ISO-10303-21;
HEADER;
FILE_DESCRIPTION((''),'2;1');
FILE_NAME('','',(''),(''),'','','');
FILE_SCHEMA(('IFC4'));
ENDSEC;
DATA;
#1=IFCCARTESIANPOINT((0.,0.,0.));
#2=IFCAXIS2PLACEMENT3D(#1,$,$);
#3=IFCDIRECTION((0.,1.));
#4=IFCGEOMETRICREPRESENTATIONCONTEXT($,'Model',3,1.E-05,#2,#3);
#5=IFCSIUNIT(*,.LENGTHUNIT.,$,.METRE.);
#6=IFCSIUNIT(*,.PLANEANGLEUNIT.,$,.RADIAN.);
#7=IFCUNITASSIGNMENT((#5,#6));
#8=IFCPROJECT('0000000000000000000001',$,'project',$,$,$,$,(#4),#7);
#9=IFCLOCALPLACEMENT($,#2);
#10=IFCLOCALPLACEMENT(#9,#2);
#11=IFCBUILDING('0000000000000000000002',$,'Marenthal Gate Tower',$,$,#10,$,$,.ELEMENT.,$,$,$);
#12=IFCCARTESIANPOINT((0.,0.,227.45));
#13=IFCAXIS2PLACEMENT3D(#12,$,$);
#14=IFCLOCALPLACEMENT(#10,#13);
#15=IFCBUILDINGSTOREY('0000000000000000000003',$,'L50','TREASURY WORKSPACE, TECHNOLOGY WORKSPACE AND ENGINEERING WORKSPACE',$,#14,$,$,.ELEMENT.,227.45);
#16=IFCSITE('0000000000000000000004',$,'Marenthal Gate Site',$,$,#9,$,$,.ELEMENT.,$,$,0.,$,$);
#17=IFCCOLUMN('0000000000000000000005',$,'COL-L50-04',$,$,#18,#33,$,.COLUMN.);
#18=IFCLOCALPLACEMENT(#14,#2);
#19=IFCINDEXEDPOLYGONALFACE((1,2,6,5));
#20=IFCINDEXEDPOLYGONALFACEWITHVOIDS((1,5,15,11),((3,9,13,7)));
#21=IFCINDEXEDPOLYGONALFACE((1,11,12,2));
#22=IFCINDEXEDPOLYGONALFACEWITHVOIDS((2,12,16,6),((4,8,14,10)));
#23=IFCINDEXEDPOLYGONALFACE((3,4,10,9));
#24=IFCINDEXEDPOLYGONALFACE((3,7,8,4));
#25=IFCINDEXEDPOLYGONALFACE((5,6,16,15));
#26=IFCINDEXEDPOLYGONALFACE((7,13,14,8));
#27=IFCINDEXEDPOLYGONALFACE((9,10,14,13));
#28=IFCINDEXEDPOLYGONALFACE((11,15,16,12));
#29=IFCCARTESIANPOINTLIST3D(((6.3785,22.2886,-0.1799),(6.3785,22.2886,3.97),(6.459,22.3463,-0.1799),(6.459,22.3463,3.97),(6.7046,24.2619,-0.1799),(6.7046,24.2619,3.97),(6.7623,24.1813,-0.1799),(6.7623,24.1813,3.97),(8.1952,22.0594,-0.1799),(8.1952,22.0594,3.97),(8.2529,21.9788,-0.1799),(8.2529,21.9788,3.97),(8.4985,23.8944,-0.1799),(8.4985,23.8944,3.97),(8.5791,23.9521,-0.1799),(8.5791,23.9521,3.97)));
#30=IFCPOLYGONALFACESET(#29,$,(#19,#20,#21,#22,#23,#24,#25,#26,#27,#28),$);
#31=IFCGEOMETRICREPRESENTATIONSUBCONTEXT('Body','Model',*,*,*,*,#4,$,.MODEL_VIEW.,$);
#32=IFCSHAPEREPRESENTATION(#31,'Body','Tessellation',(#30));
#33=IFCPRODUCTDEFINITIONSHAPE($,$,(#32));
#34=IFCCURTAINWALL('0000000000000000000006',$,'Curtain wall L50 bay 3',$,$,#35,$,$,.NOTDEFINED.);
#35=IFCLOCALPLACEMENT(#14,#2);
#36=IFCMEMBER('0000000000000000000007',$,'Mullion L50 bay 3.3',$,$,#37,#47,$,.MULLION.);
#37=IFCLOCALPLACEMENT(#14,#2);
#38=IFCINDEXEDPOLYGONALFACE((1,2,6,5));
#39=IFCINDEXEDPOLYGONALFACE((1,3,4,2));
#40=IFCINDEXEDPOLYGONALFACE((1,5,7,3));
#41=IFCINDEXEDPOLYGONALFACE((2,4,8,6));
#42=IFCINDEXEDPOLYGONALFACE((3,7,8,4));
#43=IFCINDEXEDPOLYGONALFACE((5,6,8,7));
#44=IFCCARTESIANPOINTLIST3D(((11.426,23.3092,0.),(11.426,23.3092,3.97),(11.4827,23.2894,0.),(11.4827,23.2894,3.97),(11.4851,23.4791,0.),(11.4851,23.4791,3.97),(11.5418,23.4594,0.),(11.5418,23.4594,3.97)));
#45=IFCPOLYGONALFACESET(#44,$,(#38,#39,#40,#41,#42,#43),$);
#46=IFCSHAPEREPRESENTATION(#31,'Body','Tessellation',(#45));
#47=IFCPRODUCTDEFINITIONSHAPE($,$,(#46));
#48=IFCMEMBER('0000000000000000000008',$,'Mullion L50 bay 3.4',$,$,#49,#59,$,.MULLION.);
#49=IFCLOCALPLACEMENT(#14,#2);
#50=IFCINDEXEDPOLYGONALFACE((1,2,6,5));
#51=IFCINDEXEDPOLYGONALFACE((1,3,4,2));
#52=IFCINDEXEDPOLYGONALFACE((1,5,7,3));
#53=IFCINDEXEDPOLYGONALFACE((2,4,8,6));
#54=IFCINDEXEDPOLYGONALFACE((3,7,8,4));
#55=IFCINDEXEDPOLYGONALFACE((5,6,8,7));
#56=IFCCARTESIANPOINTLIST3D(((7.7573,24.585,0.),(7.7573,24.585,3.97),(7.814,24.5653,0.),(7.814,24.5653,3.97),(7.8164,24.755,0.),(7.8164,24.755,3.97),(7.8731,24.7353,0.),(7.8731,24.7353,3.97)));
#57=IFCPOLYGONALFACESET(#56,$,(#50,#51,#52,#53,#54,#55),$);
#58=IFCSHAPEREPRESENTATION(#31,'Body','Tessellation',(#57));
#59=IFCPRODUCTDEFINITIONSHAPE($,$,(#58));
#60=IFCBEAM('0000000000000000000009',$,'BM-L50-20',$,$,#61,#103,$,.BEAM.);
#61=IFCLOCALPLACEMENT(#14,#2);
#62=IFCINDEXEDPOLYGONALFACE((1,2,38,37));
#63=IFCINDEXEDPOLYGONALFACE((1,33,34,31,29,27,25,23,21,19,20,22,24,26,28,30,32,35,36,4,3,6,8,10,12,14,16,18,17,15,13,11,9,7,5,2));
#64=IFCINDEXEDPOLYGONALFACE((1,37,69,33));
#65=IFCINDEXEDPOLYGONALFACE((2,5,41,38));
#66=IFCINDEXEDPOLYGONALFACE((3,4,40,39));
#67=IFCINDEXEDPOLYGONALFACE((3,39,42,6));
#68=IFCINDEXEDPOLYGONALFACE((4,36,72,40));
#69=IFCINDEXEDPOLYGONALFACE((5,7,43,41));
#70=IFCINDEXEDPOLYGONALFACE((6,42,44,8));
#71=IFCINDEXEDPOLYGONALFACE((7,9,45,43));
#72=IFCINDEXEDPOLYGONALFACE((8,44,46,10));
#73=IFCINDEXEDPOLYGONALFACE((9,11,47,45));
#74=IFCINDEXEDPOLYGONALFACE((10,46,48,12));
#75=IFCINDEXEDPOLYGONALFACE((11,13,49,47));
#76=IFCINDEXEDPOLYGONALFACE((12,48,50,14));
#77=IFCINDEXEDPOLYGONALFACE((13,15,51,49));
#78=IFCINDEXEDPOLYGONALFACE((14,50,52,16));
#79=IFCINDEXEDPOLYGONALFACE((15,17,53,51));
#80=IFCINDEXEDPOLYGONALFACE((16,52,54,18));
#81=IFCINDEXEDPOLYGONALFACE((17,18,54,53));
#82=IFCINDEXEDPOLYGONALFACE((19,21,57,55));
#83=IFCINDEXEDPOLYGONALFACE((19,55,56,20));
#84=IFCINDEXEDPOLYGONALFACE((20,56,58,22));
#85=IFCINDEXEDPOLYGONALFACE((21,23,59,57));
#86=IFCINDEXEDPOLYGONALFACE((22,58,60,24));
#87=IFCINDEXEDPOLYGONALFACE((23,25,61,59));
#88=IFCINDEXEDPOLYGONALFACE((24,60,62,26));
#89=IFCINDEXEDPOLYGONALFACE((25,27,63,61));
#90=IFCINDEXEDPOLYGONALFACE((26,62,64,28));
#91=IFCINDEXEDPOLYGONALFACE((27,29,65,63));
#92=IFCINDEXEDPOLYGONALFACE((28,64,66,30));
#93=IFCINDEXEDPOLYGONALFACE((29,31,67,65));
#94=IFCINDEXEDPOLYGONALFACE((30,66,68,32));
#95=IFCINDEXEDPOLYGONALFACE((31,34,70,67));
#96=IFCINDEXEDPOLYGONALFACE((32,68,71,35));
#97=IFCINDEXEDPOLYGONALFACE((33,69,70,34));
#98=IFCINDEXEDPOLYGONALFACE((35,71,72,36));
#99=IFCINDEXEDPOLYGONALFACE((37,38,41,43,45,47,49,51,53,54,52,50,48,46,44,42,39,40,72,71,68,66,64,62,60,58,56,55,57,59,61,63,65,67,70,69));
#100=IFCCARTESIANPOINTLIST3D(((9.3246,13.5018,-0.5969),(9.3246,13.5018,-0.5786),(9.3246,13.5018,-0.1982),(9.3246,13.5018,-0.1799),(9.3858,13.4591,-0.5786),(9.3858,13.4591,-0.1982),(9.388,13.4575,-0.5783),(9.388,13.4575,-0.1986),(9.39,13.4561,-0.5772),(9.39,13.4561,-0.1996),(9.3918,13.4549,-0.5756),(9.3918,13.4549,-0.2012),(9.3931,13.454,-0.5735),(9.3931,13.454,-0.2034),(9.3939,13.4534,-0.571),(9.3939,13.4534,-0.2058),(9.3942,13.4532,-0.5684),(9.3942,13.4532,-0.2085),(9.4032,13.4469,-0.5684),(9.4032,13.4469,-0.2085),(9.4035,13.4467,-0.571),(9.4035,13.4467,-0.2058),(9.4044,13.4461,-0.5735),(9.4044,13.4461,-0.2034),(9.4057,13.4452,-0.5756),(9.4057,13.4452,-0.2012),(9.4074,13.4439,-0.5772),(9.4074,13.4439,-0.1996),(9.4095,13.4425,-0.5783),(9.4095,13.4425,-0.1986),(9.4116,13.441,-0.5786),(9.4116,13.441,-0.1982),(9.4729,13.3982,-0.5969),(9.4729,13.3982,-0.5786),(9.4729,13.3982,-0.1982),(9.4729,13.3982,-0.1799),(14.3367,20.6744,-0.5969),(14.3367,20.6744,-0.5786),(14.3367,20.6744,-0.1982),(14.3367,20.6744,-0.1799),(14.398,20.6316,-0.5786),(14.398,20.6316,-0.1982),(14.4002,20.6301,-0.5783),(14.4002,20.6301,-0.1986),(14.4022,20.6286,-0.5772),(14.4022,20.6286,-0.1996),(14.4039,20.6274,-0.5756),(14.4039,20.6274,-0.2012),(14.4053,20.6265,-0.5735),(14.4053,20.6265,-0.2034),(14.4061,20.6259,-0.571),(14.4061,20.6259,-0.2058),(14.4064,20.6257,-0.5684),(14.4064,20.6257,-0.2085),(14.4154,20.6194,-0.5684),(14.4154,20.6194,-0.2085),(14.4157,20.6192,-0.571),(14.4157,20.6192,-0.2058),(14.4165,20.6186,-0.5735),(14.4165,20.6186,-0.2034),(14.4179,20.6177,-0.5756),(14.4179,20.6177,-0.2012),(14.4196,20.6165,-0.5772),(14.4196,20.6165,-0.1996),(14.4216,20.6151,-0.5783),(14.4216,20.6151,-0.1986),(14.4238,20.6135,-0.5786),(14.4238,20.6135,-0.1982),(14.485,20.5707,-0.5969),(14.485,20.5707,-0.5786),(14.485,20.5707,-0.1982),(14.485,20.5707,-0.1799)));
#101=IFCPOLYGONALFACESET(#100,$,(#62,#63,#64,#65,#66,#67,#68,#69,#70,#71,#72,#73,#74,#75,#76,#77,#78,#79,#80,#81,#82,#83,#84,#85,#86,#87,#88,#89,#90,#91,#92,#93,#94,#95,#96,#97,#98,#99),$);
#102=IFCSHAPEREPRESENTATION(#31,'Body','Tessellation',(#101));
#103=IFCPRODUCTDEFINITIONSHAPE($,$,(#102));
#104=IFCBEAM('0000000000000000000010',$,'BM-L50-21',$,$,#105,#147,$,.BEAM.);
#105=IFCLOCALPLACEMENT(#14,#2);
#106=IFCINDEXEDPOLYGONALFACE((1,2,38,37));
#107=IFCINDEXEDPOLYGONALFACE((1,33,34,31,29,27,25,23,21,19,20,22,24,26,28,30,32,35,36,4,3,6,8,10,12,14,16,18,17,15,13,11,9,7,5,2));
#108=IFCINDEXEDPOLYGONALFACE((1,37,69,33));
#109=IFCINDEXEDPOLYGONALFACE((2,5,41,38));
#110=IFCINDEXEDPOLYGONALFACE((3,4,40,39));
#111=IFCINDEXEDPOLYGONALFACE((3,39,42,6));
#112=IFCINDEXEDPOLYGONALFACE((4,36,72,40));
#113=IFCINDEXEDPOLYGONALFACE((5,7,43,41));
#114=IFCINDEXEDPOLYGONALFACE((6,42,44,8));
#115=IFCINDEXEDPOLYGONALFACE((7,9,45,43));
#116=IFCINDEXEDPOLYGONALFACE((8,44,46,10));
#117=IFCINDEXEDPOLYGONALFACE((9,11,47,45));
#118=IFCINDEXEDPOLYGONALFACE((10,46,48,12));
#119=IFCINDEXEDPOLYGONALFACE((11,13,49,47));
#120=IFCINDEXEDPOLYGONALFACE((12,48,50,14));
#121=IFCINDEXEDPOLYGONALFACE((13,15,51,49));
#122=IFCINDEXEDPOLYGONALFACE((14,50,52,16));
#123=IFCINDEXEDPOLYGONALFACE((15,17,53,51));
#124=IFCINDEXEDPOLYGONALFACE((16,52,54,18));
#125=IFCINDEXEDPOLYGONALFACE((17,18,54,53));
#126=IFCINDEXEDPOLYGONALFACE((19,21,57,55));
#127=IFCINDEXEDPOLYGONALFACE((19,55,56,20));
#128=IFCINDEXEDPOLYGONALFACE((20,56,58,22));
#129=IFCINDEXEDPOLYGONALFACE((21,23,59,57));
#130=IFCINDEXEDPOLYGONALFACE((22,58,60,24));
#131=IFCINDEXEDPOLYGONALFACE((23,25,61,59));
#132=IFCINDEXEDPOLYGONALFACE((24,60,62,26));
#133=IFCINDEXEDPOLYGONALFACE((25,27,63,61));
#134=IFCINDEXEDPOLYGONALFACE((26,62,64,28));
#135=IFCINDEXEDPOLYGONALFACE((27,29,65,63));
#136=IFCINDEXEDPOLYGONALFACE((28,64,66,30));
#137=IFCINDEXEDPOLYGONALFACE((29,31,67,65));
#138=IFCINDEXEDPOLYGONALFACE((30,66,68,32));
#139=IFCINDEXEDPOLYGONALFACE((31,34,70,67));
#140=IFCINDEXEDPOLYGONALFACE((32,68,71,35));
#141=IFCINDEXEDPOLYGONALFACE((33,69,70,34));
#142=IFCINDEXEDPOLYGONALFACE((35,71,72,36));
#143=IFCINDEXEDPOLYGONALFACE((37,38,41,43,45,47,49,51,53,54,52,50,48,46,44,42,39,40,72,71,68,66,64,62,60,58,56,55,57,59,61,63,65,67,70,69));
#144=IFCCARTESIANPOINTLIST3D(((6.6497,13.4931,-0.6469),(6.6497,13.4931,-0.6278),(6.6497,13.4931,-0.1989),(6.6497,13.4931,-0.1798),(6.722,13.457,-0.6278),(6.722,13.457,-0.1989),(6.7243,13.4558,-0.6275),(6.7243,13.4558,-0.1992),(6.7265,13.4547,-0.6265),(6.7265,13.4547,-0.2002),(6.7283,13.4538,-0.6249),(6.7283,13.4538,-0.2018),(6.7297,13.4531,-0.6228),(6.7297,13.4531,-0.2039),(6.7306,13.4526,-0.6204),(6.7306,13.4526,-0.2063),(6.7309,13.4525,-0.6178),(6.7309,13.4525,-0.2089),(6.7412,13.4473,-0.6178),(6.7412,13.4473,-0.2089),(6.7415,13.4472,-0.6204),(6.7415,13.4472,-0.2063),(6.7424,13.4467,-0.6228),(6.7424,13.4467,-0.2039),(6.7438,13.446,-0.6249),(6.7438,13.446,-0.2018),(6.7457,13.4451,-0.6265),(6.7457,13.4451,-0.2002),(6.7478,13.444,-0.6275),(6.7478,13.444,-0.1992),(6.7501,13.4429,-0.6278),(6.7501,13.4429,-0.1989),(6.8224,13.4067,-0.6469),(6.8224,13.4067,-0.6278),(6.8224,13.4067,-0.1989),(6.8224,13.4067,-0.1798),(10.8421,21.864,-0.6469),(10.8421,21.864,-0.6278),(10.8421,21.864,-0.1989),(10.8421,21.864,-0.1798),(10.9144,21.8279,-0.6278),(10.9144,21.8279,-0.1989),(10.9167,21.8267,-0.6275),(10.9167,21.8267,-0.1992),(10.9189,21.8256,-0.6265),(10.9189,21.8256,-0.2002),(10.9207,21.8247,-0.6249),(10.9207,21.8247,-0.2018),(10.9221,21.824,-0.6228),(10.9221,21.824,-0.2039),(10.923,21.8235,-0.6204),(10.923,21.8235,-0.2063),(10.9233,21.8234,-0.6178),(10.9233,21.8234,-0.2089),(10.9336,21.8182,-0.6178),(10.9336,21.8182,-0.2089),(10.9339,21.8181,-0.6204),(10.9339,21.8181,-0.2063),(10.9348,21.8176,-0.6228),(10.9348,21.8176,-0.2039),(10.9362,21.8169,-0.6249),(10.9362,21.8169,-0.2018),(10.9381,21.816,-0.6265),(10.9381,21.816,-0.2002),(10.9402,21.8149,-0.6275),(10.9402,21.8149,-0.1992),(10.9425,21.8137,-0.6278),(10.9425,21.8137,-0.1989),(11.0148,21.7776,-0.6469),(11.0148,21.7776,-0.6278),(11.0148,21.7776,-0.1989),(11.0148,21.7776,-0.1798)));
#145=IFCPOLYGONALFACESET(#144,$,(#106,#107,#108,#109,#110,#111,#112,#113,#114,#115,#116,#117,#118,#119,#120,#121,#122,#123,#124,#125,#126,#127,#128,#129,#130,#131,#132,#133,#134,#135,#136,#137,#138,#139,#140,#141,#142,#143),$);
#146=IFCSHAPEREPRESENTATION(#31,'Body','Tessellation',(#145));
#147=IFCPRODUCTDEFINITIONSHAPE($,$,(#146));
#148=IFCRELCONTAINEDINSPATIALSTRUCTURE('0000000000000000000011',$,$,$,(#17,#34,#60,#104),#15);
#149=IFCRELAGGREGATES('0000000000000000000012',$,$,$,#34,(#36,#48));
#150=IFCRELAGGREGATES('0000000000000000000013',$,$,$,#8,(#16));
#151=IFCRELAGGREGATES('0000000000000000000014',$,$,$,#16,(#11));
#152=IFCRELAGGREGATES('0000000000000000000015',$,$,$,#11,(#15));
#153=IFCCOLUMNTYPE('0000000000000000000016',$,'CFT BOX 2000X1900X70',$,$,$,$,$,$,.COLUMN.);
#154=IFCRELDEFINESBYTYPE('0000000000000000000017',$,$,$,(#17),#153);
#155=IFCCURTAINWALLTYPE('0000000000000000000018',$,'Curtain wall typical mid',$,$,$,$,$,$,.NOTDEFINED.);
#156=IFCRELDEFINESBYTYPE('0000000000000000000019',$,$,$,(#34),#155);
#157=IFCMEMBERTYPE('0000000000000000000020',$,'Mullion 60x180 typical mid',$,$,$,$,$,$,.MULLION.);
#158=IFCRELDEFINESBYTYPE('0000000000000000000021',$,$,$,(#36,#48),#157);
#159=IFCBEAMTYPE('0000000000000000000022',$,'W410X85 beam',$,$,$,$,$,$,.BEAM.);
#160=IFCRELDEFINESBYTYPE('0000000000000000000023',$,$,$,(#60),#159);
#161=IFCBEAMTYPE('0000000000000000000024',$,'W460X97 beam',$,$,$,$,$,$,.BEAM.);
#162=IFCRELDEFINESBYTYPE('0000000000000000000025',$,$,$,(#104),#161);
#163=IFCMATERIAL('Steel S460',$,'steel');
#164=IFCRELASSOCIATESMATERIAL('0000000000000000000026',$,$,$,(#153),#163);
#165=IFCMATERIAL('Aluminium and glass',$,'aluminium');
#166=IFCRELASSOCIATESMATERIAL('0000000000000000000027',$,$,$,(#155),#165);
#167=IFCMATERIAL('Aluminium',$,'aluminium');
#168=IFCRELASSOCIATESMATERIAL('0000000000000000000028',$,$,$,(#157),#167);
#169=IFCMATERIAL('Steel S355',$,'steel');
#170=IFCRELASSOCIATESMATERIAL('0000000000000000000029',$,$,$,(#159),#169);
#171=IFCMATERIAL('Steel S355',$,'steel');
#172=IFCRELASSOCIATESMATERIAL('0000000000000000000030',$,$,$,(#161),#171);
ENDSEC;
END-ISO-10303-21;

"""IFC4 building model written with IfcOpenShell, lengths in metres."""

from ifc_helpers import new_model, si_unit, direction, frame, origin, origin_2d, place, context, subcontext, project, spatial, rectangle, hollow_rectangle, i_section, extrude, material, material_profile, profile_set, type_object, element, aggregate, save


model = new_model("IFC4")

# Units and contexts
model_context = context("Model", 3, precision=1e-05, world=origin(), true_north=direction((0.0, 1.0)))
body_context = subcontext(model_context, "Body", "Model", "MODEL_VIEW")
ifc_project = project(units=[si_unit("LENGTHUNIT", "METRE"), si_unit("PLANEANGLEUNIT", "RADIAN")], contexts=[model_context])

# Site, building, storey
site_placement = place(None, origin())
site = spatial("IfcSite", under=ifc_project, at=site_placement, Name="Marenthal Gate Site", CompositionType="ELEMENT", RefElevation=0.0)
building_placement = place(site_placement, origin())
building = spatial("IfcBuilding", under=site, at=building_placement, Name="Marenthal Gate Tower", CompositionType="ELEMENT")
storey_placement = place(building_placement, frame((0.0, 0.0, 227.45)))
storey = spatial("IfcBuildingStorey", under=building, at=storey_placement, Name="L50", Description="TREASURY WORKSPACE, TECHNOLOGY WORKSPACE AND ENGINEERING WORKSPACE", CompositionType="ELEMENT", Elevation=227.45)

# Column
ifc_material_1 = material(Name="Steel S460", Category="steel")
ifc_material_profile_1 = material_profile(ifc_material_1, hollow_rectangle(XDim=1.8999, YDim=2.0, WallThickness=0.0701, at=origin_2d()), Name="CFT BOX 2000X1900X70")
ifc_material_2 = material(Name="Concrete 70 MPa", Category="concrete")
ifc_material_profile_2 = material_profile(ifc_material_2, rectangle(XDim=1.76, YDim=1.8601, at=origin_2d()), Name="CFT BOX 2000X1900X70 INFILL")
ifc_profile_set_1 = profile_set([ifc_material_profile_1, ifc_material_profile_2], Name="Steel S460 shell, Concrete 70 MPa infill")
column_type = type_object("IfcColumnType", Name="CFT BOX 2000X1900X70", PredefinedType="COLUMN", material=ifc_profile_set_1)
column_placement = place(storey_placement, frame((7.4788, 23.1204, -0.1799), z_axis=(0.0, 0.0, 1.0), x_axis=(0.986616, -0.163059, 0.0)))
element("IfcColumn", 1, at=column_placement, inside=storey, type_object=column_type, Name="COL-L50-04", PredefinedType="COLUMN", context=body_context, shape_type="SweptSolid", body=[
    extrude(hollow_rectangle(XDim=1.8999, YDim=2.0, WallThickness=0.0701, at=origin_2d()), origin(), (0.0, 0.0, 1.0), 4.1499),
])

# Curtain wall, members
ifc_material_3 = material(Name="Aluminium and glass", Category="aluminium")
curtain_wall_type = type_object("IfcCurtainWallType", Name="Curtain wall typical mid", PredefinedType="NOTDEFINED", material=ifc_material_3)
curtain_wall_placement = place(storey_placement, origin())
curtain_wall = element("IfcCurtainWall", 2, at=curtain_wall_placement, inside=storey, type_object=curtain_wall_type, Name="Curtain wall L50 bay 3", PredefinedType="NOTDEFINED")
ifc_material_4 = material(Name="Aluminium", Category="aluminium")
ifc_material_profile_3 = material_profile(ifc_material_4, rectangle(XDim=0.1799, YDim=0.0601, at=origin_2d()), Name="60x180 aluminium mullion")
ifc_profile_set_2 = profile_set([ifc_material_profile_3], Name="Aluminium")
member_type = type_object("IfcMemberType", Name="Mullion 60x180 typical mid", PredefinedType="MULLION", material=ifc_profile_set_2)
member_1_placement = place(storey_placement, frame((11.4839, 23.3843, 0.0), z_axis=(0.0, 0.0, 1.0), x_axis=(-0.328468, -0.944515, 0.0)))
member_1 = element("IfcMember", 3, at=member_1_placement, type_object=member_type, Name="Mullion L50 bay 3.3", PredefinedType="MULLION", context=body_context, shape_type="SweptSolid", body=[
    extrude(rectangle(XDim=0.1799, YDim=0.0601, at=origin_2d()), origin(), (0.0, 0.0, 1.0), 3.97),
])
member_2_placement = place(storey_placement, frame((7.8152, 24.6602, 0.0), z_axis=(0.0, 0.0, 1.0), x_axis=(-0.328468, -0.944515, 0.0)))
member_2 = element("IfcMember", 4, at=member_2_placement, type_object=member_type, Name="Mullion L50 bay 3.4", PredefinedType="MULLION", context=body_context, shape_type="SweptSolid", body=[
    extrude(rectangle(XDim=0.1799, YDim=0.0601, at=origin_2d()), origin(), (0.0, 0.0, 1.0), 3.97),
])

# Beams
ifc_material_5 = material(Name="Steel S355", Category="steel")
ifc_material_profile_4 = material_profile(ifc_material_5, i_section(OverallWidth=0.1809, OverallDepth=0.417, WebThickness=0.011, FlangeThickness=0.0183, FilletRadius=0.0103, at=origin_2d()), Name="W410X85")
ifc_profile_set_3 = profile_set([ifc_material_profile_4], Name="Steel S355")
beam_type_1 = type_object("IfcBeamType", Name="W410X85 beam", PredefinedType="BEAM", material=ifc_profile_set_3)
beam_1_placement = place(storey_placement, frame((14.4109, 20.6226, -0.3884), z_axis=(-0.572801, -0.819694, 0.0), x_axis=(0.819694, -0.572801, 0.0)))
element("IfcBeam", 5, at=beam_1_placement, inside=storey, type_object=beam_type_1, Name="BM-L50-20", PredefinedType="BEAM", context=body_context, shape_type="SweptSolid", body=[
    extrude(i_section(OverallWidth=0.1809, OverallDepth=0.417, WebThickness=0.011, FlangeThickness=0.0183, FilletRadius=0.0103, at=origin_2d()), origin(), (0.0, 0.0, 1.0), 8.7502),
])
ifc_material_6 = material(Name="Steel S355", Category="steel")
ifc_material_profile_5 = material_profile(ifc_material_6, i_section(OverallWidth=0.1931, OverallDepth=0.467, WebThickness=0.0115, FlangeThickness=0.019, FilletRadius=0.01, at=origin_2d()), Name="W460X97")
ifc_profile_set_4 = profile_set([ifc_material_profile_5], Name="Steel S355")
beam_type_2 = type_object("IfcBeamType", Name="W460X97 beam", PredefinedType="BEAM", material=ifc_profile_set_4)
beam_2_placement = place(storey_placement, frame((10.9285, 21.8208, -0.4133), z_axis=(-0.447808, -0.89413, 0.0), x_axis=(0.89413, -0.447808, 0.0)))
element("IfcBeam", 6, at=beam_2_placement, inside=storey, type_object=beam_type_2, Name="BM-L50-21", PredefinedType="BEAM", context=body_context, shape_type="SweptSolid", body=[
    extrude(i_section(OverallWidth=0.1931, OverallDepth=0.467, WebThickness=0.0115, FlangeThickness=0.019, FilletRadius=0.01, at=origin_2d()), origin(), (0.0, 0.0, 1.0), 9.3621),
])

aggregate(curtain_wall, [member_1, member_2])

save(model, "model.ifc")
